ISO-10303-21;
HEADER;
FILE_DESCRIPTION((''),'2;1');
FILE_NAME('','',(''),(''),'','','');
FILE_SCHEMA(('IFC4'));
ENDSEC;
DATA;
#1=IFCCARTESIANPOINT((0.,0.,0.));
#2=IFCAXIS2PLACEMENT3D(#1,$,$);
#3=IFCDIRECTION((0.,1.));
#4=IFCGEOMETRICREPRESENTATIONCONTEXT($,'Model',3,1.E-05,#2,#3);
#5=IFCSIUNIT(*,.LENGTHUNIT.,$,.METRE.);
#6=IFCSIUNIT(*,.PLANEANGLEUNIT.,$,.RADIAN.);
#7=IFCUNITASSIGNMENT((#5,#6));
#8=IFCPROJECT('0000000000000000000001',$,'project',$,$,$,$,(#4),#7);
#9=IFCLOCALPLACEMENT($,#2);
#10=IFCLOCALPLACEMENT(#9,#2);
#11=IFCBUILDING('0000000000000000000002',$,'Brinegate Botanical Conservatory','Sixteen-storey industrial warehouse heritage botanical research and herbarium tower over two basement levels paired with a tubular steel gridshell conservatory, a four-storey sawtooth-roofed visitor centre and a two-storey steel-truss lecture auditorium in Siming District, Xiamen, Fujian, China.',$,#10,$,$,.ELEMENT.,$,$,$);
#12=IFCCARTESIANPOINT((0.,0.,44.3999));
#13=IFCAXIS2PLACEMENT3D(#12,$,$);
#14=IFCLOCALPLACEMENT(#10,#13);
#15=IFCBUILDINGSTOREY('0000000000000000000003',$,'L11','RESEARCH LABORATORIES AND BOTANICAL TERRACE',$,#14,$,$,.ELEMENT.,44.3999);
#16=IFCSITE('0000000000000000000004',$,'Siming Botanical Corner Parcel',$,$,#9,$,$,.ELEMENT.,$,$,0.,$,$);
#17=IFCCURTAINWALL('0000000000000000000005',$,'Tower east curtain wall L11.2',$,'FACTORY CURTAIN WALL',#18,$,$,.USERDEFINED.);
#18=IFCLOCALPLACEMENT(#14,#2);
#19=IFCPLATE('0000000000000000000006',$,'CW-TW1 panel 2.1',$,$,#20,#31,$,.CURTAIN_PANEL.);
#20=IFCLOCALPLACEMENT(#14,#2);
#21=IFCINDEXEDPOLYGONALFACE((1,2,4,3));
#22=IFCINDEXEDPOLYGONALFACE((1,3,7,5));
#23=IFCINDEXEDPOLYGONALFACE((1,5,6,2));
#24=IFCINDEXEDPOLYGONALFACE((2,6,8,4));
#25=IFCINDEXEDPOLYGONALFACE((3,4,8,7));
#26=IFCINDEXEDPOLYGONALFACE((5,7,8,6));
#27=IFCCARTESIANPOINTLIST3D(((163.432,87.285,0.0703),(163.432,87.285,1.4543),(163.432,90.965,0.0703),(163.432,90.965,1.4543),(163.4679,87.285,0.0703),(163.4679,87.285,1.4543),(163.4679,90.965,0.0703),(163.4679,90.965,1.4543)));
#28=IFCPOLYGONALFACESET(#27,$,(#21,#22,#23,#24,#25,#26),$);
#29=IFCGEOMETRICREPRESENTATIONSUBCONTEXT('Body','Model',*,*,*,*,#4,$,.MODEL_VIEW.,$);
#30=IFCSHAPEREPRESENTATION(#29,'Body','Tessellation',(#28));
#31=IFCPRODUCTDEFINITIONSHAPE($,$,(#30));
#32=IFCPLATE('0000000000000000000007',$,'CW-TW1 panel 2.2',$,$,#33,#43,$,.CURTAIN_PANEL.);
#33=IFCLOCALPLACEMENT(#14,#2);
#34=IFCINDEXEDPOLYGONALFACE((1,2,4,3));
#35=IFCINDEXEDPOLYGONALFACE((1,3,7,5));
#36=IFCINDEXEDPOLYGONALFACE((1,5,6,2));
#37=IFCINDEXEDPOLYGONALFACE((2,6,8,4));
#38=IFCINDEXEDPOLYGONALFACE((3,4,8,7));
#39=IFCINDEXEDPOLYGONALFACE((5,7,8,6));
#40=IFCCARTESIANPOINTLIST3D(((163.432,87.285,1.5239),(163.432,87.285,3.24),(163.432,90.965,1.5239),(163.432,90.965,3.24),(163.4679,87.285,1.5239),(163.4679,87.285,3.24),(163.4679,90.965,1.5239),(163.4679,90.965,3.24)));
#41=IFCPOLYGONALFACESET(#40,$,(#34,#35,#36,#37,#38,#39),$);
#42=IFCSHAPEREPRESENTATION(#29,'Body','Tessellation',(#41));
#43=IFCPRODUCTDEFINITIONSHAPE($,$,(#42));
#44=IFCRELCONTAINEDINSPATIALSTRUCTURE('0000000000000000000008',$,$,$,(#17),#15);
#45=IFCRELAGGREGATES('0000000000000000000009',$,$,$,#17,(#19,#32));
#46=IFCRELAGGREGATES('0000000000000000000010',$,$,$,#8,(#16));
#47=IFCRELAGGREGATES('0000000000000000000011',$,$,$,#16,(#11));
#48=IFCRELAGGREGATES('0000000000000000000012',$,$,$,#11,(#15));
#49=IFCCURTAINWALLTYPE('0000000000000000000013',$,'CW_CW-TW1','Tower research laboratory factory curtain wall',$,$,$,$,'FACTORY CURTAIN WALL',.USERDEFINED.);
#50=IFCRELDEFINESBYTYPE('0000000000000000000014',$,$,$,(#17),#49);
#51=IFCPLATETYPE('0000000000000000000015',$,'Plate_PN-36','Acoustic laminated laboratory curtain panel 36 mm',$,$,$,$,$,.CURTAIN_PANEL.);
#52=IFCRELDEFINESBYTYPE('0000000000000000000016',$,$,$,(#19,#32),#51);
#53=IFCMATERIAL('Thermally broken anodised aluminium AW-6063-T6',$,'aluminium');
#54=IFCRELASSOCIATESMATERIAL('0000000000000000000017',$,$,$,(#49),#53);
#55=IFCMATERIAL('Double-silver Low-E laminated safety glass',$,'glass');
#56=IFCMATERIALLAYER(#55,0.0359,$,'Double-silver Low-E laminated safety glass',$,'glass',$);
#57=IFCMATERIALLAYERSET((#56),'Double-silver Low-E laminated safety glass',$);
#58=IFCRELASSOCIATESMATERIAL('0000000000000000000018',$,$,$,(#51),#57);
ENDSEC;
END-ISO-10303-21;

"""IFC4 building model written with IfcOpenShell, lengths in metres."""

from ifc_helpers import new_model, si_unit, direction, frame, origin, origin_2d, place, context, subcontext, project, spatial, rectangle, extrude, material, layer, layer_set, type_object, element, aggregate, save


model = new_model("IFC4")

# Units and contexts
model_context = context("Model", 3, precision=1e-05, world=origin(), true_north=direction((0.0, 1.0)))
body_context = subcontext(model_context, "Body", "Model", "MODEL_VIEW")
ifc_project = project(units=[si_unit("LENGTHUNIT", "METRE"), si_unit("PLANEANGLEUNIT", "RADIAN")], contexts=[model_context])

# Site, building, storey
site_placement = place(None, origin())
site = spatial("IfcSite", under=ifc_project, at=site_placement, Name="Siming Botanical Corner Parcel", CompositionType="ELEMENT", RefElevation=0.0)
building_placement = place(site_placement, origin())
building = spatial("IfcBuilding", under=site, at=building_placement, Name="Brinegate Botanical Conservatory", Description="Sixteen-storey industrial warehouse heritage botanical research and herbarium tower over two basement levels paired with a tubular steel gridshell conservatory, a four-storey sawtooth-roofed visitor centre and a two-storey steel-truss lecture auditorium in Siming District, Xiamen, Fujian, China.", CompositionType="ELEMENT")
storey_placement = place(building_placement, frame((0.0, 0.0, 44.3999)))
storey = spatial("IfcBuildingStorey", under=building, at=storey_placement, Name="L11", Description="RESEARCH LABORATORIES AND BOTANICAL TERRACE", CompositionType="ELEMENT", Elevation=44.3999)

# Shared definitions
ifc_material_1 = material(Name="Thermally broken anodised aluminium AW-6063-T6", Category="aluminium")
curtain_wall_type = type_object("IfcCurtainWallType", Name="CW_CW-TW1", Description="Tower research laboratory factory curtain wall", ElementType="FACTORY CURTAIN WALL", PredefinedType="USERDEFINED", material=ifc_material_1)

# Curtain wall
curtain_wall_1_placement = place(storey_placement, origin())
curtain_wall_1 = element("IfcCurtainWall", 1, at=curtain_wall_1_placement, inside=storey, type_object=curtain_wall_type, Name="Tower east curtain wall L11.2", ObjectType="FACTORY CURTAIN WALL", PredefinedType="USERDEFINED")

# Plates
ifc_material_2 = material(Name="Double-silver Low-E laminated safety glass", Category="glass")
ifc_layer = layer(ifc_material_2, 0.0359, Name="Double-silver Low-E laminated safety glass", Category="glass")
ifc_layer_set = layer_set([ifc_layer], Name="Double-silver Low-E laminated safety glass")
plate_type = type_object("IfcPlateType", Name="Plate_PN-36", Description="Acoustic laminated laboratory curtain panel 36 mm", PredefinedType="CURTAIN_PANEL", material=ifc_layer_set)
plate_1_placement = place(storey_placement, frame((163.45, 89.125, 0.0703), z_axis=(0.0, 0.0, 1.0), x_axis=(0.0, -1.0, 0.0)))
plate_1 = element("IfcPlate", 2, at=plate_1_placement, type_object=plate_type, Name="CW-TW1 panel 2.1", PredefinedType="CURTAIN_PANEL", context=body_context, shape_type="SweptSolid", body=[
    extrude(rectangle(XDim=3.6799, YDim=0.0359, at=origin_2d()), origin(), (0.0, 0.0, 1.0), 1.384),
])
plate_2_placement = place(storey_placement, frame((163.45, 89.125, 1.5239), z_axis=(0.0, 0.0, 1.0), x_axis=(0.0, -1.0, 0.0)))
plate_2 = element("IfcPlate", 3, at=plate_2_placement, type_object=plate_type, Name="CW-TW1 panel 2.2", PredefinedType="CURTAIN_PANEL", context=body_context, shape_type="SweptSolid", body=[
    extrude(rectangle(XDim=3.6799, YDim=0.0359, at=origin_2d()), origin(), (0.0, 0.0, 1.0), 1.7161),
])
aggregate(curtain_wall_1, [plate_1, plate_2])

save(model, "model.ifc")
